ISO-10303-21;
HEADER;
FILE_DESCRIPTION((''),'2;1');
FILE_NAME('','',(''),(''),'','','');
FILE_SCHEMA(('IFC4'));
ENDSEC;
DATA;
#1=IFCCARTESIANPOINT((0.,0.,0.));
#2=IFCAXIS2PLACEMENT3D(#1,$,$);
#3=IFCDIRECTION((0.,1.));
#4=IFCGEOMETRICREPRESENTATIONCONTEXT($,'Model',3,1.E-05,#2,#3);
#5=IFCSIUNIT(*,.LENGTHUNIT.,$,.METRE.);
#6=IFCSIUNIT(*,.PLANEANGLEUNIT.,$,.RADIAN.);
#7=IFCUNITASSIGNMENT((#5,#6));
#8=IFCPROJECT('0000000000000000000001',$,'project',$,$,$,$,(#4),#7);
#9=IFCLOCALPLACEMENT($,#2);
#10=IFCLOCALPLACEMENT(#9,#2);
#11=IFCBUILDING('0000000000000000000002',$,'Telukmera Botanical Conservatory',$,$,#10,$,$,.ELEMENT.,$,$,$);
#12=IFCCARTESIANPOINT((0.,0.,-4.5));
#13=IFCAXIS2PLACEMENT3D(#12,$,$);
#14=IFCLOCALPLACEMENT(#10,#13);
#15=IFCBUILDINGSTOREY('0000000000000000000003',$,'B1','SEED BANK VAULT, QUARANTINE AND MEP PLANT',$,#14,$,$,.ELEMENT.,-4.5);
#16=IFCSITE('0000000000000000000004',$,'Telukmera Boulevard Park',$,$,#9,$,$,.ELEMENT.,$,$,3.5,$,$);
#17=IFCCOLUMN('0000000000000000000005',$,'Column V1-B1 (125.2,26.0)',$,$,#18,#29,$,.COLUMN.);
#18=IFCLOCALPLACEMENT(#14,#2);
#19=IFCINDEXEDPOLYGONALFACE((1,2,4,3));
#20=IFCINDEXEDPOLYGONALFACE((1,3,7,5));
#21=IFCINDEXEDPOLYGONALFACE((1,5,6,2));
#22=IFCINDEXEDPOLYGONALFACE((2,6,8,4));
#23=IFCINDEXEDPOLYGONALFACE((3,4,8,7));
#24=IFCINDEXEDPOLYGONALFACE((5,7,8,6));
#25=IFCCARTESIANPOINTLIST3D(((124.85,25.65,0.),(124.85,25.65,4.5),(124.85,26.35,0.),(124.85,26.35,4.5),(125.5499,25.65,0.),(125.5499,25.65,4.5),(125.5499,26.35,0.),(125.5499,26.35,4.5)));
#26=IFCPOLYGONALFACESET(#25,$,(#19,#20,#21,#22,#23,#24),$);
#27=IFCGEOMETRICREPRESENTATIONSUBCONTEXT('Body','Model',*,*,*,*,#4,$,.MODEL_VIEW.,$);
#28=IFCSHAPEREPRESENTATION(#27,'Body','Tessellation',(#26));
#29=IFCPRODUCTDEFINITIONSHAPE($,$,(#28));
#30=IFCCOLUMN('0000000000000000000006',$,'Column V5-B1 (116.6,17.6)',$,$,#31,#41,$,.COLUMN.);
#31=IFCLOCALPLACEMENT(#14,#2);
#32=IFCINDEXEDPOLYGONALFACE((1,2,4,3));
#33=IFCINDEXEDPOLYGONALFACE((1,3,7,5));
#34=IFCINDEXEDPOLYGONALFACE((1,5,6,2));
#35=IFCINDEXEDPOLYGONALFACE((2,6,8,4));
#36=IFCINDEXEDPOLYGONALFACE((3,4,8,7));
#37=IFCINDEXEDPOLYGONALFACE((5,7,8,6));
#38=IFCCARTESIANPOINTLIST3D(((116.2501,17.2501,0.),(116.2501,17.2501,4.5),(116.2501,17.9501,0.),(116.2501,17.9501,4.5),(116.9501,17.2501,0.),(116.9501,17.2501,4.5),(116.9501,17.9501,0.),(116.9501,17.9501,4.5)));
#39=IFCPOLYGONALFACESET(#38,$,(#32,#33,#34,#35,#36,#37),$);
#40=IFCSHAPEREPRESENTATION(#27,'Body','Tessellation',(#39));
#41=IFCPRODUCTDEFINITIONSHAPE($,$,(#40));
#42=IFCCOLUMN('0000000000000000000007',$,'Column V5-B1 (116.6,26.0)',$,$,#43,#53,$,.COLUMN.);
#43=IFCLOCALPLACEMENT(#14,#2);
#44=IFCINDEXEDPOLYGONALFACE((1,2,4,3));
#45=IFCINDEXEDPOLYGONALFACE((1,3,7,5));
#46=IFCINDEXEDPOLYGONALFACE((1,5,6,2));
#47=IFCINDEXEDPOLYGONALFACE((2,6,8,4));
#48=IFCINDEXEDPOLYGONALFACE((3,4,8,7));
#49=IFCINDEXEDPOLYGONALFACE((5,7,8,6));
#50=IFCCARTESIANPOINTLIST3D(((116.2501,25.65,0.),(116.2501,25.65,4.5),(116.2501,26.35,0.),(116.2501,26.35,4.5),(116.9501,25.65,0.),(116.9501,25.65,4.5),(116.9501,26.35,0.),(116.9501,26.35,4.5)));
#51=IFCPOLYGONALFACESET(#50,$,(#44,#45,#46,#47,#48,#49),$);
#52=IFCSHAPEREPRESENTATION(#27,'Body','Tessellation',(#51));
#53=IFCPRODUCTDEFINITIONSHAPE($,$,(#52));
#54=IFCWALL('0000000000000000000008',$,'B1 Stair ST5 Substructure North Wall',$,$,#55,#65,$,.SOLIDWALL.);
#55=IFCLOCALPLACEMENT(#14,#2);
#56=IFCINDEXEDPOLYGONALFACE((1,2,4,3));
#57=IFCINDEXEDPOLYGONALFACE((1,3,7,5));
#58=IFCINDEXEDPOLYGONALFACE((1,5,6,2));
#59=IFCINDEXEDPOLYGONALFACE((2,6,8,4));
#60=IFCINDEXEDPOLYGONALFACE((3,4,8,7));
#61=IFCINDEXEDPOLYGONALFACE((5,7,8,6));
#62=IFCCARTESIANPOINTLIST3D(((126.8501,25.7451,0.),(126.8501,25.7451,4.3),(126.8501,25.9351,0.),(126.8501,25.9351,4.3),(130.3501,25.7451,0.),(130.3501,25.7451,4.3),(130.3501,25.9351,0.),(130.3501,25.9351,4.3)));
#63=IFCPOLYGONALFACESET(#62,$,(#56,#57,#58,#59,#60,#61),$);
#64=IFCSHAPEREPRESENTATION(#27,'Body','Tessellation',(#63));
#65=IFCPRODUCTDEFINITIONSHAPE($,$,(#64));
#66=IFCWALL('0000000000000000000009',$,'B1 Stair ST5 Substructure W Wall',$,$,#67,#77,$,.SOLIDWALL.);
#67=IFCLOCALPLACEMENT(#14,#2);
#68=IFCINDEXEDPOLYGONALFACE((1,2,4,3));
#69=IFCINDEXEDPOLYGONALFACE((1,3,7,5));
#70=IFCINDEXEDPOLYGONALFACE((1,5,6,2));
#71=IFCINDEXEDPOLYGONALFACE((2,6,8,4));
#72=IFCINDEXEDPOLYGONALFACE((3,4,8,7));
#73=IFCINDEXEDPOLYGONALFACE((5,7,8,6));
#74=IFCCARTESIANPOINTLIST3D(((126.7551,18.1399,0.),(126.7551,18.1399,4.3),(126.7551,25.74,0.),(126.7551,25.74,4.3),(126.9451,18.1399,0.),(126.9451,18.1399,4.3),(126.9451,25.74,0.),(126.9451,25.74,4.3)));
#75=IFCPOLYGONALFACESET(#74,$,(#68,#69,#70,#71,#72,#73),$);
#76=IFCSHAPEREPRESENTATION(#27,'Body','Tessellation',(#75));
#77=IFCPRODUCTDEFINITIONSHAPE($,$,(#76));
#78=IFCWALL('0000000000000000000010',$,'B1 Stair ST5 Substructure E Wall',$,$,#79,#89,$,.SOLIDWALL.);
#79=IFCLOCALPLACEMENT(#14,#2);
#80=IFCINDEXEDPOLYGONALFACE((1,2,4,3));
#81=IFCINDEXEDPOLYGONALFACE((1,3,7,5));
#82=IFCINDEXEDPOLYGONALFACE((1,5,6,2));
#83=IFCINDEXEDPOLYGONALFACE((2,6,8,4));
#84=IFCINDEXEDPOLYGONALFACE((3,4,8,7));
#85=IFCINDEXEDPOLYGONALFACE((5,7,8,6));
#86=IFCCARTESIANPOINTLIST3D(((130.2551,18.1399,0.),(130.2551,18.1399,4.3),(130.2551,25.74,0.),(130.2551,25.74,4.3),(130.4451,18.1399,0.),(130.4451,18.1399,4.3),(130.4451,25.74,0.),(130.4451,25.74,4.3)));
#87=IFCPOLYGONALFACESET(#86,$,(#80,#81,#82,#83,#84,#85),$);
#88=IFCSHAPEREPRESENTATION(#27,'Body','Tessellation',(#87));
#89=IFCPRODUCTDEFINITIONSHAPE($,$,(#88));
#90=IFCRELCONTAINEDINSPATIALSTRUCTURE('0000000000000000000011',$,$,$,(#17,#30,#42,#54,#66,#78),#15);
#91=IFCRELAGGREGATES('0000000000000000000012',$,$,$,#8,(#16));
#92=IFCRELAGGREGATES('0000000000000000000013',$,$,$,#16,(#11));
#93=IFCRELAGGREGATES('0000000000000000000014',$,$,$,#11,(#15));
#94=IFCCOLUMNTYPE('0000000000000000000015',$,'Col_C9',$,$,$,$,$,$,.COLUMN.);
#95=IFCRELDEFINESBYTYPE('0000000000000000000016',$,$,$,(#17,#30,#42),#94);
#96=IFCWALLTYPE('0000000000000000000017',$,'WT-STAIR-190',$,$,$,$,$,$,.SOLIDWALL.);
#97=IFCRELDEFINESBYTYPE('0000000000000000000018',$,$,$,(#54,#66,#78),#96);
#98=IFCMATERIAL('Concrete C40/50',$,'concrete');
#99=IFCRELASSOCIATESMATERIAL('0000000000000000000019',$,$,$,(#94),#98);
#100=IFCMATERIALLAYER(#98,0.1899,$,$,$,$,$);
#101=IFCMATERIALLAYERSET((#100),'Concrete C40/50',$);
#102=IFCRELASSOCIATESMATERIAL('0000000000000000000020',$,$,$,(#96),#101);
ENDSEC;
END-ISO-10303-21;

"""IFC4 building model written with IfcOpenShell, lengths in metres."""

from ifc_helpers import new_model, si_unit, direction, frame, frame_2d, origin, origin_2d, place, context, subcontext, project, spatial, rectangle, extrude, material, layer, layer_set, material_profile, profile_set, type_object, element, save


model = new_model("IFC4")

# Units and contexts
model_context = context("Model", 3, precision=1e-05, world=origin(), true_north=direction((0.0, 1.0)))
body_context = subcontext(model_context, "Body", "Model", "MODEL_VIEW")
ifc_project = project(units=[si_unit("LENGTHUNIT", "METRE"), si_unit("PLANEANGLEUNIT", "RADIAN")], contexts=[model_context])

# Site, building, storey
site_placement = place(None, origin())
site = spatial("IfcSite", under=ifc_project, at=site_placement, Name="Telukmera Boulevard Park", CompositionType="ELEMENT", RefElevation=3.5)
building_placement = place(site_placement, origin())
building = spatial("IfcBuilding", under=site, at=building_placement, Name="Telukmera Botanical Conservatory", CompositionType="ELEMENT")
storey_placement = place(building_placement, frame((0.0, 0.0, -4.5)))
storey = spatial("IfcBuildingStorey", under=building, at=storey_placement, Name="B1", Description="SEED BANK VAULT, QUARANTINE AND MEP PLANT", CompositionType="ELEMENT", Elevation=-4.5)

# Shared definitions
ifc_material_1 = material(Name="Concrete C40/50", Category="concrete")

# Columns
ifc_material_profile_1 = material_profile(ifc_material_1, rectangle(XDim=0.7, YDim=0.7, at=origin_2d()), Name="RC 700x700")
ifc_profile_set_1 = profile_set([ifc_material_profile_1], Name="Concrete C40/50")
column_type_1 = type_object("IfcColumnType", Name="Col_C9", PredefinedType="COLUMN", material=ifc_profile_set_1)
for number, where, z_axis, x_axis, name in (
    (1, (125.2, 26.0, 0.0), (0.0, 0.0, 1.0), (1.0, 0.0, 0.0), "Column V1-B1 (125.2,26.0)"),
    (2, (116.6001, 17.6001, 0.0), (0.0, 0.0, 1.0), (1.0, 0.0, 0.0), "Column V5-B1 (116.6,17.6)"),
    (3, (116.6001, 26.0, 0.0), (0.0, 0.0, 1.0), (1.0, 0.0, 0.0), "Column V5-B1 (116.6,26.0)"),
):
    element("IfcColumn", number, at=place(storey_placement, frame(where, z_axis=z_axis, x_axis=x_axis)), inside=storey, type_object=column_type_1, Name=name, PredefinedType="COLUMN", context=body_context, shape_type="SweptSolid", body=[
        extrude(rectangle(XDim=0.7, YDim=0.7, at=origin_2d()), origin(), (0.0, 0.0, 1.0), 4.5),
    ])

# Walls
ifc_layer = layer(ifc_material_1, 0.1899)
ifc_layer_set = layer_set([ifc_layer], Name="Concrete C40/50")
wall_type = type_object("IfcWallType", Name="WT-STAIR-190", PredefinedType="SOLIDWALL", material=ifc_layer_set)
wall_placement = place(storey_placement, frame((126.8501, 25.8401, 0.0), z_axis=(0.0, 0.0, 1.0), x_axis=(1.0, 0.0, 0.0)))
element("IfcWall", 4, at=wall_placement, inside=storey, type_object=wall_type, Name="B1 Stair ST5 Substructure North Wall", PredefinedType="SOLIDWALL", context=body_context, shape_type="SweptSolid", body=[
    extrude(rectangle(XDim=3.5, YDim=0.1899, at=frame_2d((1.75, 0.0))), origin(), (0.0, 0.0, 1.0), 4.3),
])
for number, where, z_axis, x_axis, name in (
    (5, (126.8501, 18.1399, 0.0), (0.0, 0.0, 1.0), (0.0, 1.0, 0.0), "B1 Stair ST5 Substructure W Wall"),
    (6, (130.3501, 18.1399, 0.0), (0.0, 0.0, 1.0), (0.0, 1.0, 0.0), "B1 Stair ST5 Substructure E Wall"),
):
    element("IfcWall", number, at=place(storey_placement, frame(where, z_axis=z_axis, x_axis=x_axis)), inside=storey, type_object=wall_type, Name=name, PredefinedType="SOLIDWALL", context=body_context, shape_type="SweptSolid", body=[
        extrude(rectangle(XDim=7.6001, YDim=0.1899, at=frame_2d((3.8, 0.0))), origin(), (0.0, 0.0, 1.0), 4.3),
    ])

save(model, "model.ifc")
